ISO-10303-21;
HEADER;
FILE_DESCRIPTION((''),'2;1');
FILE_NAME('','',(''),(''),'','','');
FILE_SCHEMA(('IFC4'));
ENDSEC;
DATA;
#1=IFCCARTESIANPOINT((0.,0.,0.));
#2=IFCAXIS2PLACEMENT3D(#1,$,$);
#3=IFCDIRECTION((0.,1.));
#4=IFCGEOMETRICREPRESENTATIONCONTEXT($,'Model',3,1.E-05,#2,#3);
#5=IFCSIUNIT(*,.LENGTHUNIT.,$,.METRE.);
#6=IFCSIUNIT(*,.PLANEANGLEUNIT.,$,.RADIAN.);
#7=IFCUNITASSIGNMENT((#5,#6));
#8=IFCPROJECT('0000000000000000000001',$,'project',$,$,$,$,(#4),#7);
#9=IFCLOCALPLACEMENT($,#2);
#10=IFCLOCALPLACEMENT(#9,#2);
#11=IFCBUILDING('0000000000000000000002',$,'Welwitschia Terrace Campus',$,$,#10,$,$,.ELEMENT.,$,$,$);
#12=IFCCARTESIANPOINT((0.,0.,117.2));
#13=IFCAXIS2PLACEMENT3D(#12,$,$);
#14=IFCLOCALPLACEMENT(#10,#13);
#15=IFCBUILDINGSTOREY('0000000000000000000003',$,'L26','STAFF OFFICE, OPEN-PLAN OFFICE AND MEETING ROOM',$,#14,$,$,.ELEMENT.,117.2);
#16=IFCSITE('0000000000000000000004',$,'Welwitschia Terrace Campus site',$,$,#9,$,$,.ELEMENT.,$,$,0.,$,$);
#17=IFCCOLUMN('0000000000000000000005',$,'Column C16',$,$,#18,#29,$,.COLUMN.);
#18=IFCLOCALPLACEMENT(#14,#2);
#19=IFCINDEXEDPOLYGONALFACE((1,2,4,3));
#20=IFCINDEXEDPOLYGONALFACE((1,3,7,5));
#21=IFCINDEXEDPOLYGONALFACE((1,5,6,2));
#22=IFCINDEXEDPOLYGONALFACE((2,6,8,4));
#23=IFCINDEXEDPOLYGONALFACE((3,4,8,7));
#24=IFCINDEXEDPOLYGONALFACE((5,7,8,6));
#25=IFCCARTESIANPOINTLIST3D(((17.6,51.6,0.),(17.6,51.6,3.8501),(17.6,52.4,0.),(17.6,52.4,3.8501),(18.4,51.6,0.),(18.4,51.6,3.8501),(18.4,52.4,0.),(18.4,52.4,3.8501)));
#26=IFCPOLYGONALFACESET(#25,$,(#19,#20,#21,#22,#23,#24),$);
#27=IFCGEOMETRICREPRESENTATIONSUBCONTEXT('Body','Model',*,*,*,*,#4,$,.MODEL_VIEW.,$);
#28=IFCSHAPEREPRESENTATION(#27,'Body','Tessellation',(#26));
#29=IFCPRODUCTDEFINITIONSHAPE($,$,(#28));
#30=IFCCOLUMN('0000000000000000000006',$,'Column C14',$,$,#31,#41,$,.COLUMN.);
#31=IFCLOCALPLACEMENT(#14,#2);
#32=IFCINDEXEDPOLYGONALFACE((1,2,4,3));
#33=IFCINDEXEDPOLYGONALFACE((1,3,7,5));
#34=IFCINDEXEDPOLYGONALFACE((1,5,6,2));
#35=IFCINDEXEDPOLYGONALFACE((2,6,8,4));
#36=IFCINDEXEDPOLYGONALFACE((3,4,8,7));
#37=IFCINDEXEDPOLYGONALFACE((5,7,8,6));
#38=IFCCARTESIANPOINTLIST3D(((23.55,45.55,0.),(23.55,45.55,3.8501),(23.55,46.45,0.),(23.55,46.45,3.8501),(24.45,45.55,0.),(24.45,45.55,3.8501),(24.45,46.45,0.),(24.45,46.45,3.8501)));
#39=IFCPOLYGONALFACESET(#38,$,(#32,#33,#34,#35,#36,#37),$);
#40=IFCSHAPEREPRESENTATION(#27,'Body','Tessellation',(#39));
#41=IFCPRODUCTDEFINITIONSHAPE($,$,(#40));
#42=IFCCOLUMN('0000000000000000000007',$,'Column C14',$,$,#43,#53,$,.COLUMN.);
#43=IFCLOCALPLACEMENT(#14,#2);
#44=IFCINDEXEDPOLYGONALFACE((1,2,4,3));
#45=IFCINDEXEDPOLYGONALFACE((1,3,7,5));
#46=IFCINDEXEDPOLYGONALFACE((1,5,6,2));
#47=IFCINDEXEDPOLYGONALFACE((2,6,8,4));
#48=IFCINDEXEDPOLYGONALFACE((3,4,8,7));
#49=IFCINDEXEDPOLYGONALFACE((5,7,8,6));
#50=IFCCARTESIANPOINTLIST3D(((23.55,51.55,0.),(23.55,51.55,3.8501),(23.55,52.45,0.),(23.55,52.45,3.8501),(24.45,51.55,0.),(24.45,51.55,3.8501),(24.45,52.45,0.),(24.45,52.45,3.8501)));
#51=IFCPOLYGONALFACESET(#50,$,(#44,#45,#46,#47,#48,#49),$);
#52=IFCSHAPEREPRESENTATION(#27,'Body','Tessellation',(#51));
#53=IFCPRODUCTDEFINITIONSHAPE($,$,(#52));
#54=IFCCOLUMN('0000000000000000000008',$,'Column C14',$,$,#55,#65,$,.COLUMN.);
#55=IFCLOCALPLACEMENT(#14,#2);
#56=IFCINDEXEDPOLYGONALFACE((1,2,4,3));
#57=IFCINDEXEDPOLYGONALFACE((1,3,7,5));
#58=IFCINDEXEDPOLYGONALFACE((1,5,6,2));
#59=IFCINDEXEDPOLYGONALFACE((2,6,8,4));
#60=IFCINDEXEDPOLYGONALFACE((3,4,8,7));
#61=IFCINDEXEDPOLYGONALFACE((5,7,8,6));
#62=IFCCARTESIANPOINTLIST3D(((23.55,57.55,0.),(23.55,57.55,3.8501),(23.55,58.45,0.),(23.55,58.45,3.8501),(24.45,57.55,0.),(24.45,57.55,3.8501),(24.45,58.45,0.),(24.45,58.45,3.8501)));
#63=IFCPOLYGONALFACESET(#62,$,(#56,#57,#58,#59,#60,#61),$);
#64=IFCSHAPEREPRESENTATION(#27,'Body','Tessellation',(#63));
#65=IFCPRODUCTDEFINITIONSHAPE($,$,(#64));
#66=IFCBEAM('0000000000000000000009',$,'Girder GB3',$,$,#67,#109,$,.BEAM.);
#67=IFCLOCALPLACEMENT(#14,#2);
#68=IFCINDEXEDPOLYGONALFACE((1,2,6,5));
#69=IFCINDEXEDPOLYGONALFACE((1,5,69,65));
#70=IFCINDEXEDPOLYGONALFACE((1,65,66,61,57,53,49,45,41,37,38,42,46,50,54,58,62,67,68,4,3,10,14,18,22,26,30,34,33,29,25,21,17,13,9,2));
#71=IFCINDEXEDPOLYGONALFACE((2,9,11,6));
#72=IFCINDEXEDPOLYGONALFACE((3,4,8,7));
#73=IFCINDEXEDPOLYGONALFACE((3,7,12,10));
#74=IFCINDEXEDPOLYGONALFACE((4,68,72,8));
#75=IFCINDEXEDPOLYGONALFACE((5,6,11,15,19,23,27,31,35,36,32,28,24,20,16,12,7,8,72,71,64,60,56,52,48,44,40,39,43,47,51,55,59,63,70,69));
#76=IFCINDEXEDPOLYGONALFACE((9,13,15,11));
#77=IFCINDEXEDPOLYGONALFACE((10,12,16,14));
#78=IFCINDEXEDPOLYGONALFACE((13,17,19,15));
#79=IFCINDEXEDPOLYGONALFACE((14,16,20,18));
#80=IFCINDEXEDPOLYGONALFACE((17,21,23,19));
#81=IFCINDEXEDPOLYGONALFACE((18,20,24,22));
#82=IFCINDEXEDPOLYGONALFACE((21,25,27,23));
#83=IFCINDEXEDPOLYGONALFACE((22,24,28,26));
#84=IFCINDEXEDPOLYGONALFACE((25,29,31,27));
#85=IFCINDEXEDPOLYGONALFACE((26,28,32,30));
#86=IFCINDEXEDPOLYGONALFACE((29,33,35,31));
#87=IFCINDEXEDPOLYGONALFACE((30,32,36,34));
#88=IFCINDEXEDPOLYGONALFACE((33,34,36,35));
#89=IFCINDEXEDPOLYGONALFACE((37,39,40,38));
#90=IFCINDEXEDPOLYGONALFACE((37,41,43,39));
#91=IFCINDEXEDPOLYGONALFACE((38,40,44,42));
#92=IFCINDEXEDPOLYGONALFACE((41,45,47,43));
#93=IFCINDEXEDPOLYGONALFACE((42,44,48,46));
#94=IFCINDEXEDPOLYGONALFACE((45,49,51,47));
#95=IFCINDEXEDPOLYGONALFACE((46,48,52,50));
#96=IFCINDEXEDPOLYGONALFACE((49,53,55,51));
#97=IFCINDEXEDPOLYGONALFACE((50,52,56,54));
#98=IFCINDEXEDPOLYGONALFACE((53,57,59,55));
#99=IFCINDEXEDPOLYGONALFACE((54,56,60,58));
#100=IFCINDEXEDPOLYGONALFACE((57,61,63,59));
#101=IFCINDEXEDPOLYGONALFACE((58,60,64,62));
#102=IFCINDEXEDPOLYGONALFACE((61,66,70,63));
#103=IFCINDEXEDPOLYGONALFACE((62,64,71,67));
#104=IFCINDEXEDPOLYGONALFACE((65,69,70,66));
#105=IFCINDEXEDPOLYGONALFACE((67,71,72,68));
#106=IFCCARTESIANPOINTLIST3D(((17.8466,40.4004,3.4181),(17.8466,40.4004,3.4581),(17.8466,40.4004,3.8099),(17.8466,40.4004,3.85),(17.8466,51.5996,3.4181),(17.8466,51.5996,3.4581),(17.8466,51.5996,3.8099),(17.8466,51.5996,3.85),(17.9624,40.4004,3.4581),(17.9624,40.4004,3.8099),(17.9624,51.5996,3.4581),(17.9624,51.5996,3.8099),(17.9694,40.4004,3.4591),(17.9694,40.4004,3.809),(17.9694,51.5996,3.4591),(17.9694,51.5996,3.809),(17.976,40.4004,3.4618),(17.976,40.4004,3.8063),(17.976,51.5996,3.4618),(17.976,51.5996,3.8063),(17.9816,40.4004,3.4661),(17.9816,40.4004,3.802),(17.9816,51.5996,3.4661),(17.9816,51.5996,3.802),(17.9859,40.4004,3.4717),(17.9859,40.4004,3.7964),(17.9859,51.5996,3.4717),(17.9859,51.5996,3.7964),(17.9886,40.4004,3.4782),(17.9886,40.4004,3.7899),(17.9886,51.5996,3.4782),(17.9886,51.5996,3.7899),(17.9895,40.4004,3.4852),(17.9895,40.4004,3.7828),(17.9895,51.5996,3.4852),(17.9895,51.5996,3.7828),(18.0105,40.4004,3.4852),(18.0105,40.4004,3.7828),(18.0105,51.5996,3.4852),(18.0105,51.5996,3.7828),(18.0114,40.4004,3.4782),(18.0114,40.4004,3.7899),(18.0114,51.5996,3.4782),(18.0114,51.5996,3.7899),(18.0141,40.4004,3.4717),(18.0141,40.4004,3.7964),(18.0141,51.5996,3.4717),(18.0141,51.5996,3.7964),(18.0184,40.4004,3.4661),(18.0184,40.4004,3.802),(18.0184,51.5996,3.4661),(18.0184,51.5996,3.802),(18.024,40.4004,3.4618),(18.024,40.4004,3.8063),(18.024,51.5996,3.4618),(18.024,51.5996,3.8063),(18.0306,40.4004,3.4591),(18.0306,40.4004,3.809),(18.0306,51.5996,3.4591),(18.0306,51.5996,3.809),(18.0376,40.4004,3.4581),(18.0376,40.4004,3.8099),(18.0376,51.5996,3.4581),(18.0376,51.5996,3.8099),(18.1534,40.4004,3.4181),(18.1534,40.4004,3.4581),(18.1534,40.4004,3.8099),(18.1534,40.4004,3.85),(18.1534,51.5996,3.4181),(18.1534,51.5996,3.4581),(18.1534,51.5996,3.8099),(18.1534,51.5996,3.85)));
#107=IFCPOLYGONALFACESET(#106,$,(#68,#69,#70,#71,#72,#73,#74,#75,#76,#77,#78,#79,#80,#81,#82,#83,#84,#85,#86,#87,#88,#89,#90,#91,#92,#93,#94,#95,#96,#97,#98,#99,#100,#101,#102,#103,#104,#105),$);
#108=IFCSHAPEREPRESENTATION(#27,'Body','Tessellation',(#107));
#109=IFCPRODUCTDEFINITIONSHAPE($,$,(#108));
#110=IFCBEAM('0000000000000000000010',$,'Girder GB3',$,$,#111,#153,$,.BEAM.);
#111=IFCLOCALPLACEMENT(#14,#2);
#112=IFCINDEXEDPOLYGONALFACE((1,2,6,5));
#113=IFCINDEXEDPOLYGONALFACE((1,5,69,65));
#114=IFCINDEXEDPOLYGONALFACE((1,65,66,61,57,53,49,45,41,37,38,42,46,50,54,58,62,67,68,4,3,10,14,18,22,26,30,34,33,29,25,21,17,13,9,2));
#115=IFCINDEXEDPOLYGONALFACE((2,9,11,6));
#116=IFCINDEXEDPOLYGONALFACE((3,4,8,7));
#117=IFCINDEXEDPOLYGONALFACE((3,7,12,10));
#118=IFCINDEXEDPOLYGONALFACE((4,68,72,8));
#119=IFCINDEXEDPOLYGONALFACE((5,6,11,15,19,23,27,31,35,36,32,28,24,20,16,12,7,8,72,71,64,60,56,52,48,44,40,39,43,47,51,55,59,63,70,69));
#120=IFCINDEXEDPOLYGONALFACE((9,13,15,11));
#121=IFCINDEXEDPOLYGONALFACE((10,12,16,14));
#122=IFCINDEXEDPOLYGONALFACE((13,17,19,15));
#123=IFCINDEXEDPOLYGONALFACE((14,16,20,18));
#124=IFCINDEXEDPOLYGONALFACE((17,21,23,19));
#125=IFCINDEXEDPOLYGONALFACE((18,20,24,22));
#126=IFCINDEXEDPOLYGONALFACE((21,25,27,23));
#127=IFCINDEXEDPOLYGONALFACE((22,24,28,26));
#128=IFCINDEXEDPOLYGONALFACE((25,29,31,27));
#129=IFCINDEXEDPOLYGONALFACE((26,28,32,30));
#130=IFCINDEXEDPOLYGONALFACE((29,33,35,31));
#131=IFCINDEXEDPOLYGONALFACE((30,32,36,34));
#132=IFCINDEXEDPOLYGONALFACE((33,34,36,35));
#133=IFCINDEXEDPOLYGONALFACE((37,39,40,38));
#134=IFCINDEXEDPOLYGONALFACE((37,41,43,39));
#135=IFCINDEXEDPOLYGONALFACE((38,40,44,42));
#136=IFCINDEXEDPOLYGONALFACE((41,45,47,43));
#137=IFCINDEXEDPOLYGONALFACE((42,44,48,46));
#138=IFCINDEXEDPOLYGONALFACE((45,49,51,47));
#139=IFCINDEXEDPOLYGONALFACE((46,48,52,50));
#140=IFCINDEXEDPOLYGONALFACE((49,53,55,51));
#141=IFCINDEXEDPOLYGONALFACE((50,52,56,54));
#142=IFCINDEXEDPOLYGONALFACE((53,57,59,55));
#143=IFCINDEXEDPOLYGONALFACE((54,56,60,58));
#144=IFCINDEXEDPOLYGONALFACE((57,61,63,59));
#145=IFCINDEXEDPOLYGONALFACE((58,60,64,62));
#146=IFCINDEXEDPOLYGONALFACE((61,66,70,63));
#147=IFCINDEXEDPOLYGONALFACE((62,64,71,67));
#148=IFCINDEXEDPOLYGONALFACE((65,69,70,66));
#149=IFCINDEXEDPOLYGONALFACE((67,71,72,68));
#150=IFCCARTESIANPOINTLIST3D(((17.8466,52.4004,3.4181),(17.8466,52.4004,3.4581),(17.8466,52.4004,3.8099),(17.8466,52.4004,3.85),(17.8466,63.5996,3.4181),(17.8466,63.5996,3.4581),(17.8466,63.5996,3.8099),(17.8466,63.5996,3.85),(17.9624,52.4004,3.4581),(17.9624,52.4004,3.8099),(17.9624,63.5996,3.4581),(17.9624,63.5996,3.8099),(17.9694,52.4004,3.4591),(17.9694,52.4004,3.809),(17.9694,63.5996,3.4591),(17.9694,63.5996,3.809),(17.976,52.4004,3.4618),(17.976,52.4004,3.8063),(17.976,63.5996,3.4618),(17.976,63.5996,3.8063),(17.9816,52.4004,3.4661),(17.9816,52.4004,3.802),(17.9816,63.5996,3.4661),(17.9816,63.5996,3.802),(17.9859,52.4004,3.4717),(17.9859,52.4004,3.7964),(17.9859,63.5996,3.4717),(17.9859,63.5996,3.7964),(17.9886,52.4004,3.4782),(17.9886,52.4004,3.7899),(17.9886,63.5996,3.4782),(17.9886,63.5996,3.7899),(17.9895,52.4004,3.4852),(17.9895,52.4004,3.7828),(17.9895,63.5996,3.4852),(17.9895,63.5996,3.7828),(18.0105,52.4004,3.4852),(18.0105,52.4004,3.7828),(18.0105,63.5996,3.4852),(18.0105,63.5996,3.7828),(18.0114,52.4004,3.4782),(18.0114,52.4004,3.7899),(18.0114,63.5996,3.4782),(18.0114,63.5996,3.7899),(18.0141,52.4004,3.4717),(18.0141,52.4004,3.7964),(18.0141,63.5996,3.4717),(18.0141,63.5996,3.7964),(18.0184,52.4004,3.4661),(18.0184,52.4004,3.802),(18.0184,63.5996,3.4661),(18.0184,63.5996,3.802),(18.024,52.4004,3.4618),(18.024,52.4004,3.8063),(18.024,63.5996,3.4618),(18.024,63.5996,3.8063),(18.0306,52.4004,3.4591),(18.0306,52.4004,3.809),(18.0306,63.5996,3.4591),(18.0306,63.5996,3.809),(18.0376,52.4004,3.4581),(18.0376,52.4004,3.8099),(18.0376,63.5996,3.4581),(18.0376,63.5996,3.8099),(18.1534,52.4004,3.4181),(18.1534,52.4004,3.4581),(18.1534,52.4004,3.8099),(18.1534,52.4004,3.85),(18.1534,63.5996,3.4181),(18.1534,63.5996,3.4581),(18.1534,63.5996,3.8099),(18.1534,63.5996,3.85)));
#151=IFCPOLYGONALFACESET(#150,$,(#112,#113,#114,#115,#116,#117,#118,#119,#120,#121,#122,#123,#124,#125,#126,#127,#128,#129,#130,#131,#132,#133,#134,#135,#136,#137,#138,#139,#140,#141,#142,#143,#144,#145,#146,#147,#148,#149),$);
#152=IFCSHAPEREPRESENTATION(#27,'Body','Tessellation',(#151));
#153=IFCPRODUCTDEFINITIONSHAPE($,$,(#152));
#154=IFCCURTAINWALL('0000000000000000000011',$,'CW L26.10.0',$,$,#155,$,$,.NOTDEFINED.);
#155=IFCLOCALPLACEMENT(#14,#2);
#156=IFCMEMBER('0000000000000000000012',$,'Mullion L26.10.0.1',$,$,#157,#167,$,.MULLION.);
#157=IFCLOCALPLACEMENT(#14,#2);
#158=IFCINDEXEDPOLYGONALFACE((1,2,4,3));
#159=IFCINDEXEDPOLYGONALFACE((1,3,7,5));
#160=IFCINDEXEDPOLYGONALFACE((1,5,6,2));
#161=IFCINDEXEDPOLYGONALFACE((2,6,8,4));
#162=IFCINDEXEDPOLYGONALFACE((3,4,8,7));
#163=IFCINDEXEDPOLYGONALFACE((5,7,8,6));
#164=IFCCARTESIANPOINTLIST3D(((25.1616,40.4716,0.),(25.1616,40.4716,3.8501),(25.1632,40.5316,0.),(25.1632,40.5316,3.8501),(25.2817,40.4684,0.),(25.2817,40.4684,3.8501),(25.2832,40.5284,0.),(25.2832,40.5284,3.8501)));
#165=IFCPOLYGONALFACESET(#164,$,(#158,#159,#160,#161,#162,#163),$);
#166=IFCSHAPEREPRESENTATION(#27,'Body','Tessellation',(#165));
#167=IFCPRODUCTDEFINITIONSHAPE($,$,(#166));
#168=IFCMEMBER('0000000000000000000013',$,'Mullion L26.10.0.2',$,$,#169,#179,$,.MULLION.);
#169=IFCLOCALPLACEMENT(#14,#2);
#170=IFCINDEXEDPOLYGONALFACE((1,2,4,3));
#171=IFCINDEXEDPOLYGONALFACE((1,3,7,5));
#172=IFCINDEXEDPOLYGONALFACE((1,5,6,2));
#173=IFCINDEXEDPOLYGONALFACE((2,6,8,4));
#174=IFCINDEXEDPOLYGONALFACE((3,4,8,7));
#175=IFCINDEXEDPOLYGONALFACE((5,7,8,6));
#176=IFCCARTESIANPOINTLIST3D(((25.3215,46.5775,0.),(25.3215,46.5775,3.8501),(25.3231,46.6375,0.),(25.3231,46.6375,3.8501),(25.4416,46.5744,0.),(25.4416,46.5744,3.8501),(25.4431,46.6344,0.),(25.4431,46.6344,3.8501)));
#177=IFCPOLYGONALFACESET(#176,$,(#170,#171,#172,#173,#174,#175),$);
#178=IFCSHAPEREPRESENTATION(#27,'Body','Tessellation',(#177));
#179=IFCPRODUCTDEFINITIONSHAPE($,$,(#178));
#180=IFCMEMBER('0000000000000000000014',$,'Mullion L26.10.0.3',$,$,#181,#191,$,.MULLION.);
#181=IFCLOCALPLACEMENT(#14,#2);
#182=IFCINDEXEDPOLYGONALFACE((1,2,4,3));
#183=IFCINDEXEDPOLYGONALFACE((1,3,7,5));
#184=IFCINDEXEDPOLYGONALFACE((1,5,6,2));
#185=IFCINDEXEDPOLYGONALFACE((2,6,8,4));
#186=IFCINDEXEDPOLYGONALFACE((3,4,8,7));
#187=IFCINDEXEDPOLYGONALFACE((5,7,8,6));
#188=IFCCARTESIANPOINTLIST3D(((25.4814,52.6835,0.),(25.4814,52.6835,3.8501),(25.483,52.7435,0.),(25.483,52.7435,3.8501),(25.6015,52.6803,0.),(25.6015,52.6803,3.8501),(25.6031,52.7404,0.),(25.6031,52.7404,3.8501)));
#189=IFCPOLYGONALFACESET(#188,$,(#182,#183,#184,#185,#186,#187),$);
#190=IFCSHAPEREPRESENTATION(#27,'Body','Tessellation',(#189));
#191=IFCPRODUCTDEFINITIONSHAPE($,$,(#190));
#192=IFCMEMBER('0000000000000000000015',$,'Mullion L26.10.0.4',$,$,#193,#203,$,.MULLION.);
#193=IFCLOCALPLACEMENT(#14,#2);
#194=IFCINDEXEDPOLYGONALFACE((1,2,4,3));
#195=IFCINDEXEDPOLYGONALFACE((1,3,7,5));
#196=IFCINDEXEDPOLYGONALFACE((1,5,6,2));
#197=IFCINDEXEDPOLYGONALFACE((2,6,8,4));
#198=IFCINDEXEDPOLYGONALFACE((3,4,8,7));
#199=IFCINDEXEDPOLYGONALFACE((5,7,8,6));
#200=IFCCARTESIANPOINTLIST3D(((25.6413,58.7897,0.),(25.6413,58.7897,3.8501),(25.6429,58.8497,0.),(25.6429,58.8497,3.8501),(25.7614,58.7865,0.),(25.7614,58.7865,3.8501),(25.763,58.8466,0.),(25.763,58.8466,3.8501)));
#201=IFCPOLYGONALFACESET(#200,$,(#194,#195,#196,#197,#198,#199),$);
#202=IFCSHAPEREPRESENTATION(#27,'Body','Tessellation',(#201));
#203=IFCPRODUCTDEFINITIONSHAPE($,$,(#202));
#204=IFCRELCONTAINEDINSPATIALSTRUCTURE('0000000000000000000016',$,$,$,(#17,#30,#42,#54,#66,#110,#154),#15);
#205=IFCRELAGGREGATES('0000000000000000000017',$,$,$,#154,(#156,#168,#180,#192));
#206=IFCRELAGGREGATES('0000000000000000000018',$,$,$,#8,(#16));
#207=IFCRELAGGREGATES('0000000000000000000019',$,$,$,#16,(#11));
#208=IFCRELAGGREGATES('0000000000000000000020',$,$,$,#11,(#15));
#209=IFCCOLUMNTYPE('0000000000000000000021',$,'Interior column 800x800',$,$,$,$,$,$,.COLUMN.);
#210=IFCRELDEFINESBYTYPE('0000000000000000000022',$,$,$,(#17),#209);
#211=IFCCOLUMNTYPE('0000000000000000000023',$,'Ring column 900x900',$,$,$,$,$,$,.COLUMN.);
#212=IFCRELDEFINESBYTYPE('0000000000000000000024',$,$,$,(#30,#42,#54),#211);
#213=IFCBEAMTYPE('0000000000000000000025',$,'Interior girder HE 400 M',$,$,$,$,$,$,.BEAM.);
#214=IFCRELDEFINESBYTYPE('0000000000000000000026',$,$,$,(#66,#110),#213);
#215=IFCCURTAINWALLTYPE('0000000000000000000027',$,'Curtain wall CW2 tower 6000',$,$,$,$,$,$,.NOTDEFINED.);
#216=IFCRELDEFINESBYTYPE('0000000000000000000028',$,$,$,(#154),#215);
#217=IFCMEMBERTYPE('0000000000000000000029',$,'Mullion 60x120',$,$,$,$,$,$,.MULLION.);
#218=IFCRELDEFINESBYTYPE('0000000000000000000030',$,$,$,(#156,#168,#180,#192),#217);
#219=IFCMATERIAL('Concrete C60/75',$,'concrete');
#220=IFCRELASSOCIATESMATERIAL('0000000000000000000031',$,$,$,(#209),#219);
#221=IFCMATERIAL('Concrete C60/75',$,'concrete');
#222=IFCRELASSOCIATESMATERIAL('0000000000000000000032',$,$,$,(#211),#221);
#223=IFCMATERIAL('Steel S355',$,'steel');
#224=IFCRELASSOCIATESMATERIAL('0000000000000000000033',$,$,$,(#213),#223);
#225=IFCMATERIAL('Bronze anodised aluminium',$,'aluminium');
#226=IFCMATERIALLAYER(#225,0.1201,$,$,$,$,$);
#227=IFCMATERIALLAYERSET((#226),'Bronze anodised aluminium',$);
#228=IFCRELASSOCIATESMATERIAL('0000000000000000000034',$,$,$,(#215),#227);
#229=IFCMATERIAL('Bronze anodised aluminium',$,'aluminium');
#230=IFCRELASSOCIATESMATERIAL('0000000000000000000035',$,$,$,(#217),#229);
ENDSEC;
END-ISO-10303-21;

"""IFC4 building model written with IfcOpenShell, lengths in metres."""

from ifc_helpers import new_model, si_unit, direction, frame, origin, origin_2d, place, context, subcontext, project, spatial, rectangle, i_section, extrude, material, layer, layer_set, material_profile, profile_set, type_object, element, aggregate, save


model = new_model("IFC4")

# Units and contexts
model_context = context("Model", 3, precision=1e-05, world=origin(), true_north=direction((0.0, 1.0)))
body_context = subcontext(model_context, "Body", "Model", "MODEL_VIEW")
ifc_project = project(units=[si_unit("LENGTHUNIT", "METRE"), si_unit("PLANEANGLEUNIT", "RADIAN")], contexts=[model_context])

# Site, building, storey
site_placement = place(None, origin())
site = spatial("IfcSite", under=ifc_project, at=site_placement, Name="Welwitschia Terrace Campus site", CompositionType="ELEMENT", RefElevation=0.0)
building_placement = place(site_placement, origin())
building = spatial("IfcBuilding", under=site, at=building_placement, Name="Welwitschia Terrace Campus", CompositionType="ELEMENT")
storey_placement = place(building_placement, frame((0.0, 0.0, 117.2)))
storey = spatial("IfcBuildingStorey", under=building, at=storey_placement, Name="L26", Description="STAFF OFFICE, OPEN-PLAN OFFICE AND MEETING ROOM", CompositionType="ELEMENT", Elevation=117.2)

# Columns
ifc_material_1 = material(Name="Concrete C60/75", Category="concrete")
ifc_material_profile_1 = material_profile(ifc_material_1, rectangle(XDim=0.8, YDim=0.8, at=origin_2d()))
ifc_profile_set_1 = profile_set([ifc_material_profile_1], Name="Concrete C60/75")
column_type_1 = type_object("IfcColumnType", Name="Interior column 800x800", PredefinedType="COLUMN", material=ifc_profile_set_1)
column_placement = place(storey_placement, frame((18.0, 52.0, 0.0), z_axis=(0.0, 0.0, 1.0), x_axis=(1.0, 0.0, 0.0)))
element("IfcColumn", 1, at=column_placement, inside=storey, type_object=column_type_1, Name="Column C16", PredefinedType="COLUMN", context=body_context, shape_type="SweptSolid", body=[
    extrude(rectangle(XDim=0.8, YDim=0.8, at=origin_2d()), origin(), (0.0, 0.0, 1.0), 3.8501),
])
ifc_material_2 = material(Name="Concrete C60/75", Category="concrete")
ifc_material_profile_2 = material_profile(ifc_material_2, rectangle(XDim=0.8999, YDim=0.8999, at=origin_2d()))
ifc_profile_set_2 = profile_set([ifc_material_profile_2], Name="Concrete C60/75")
column_type_2 = type_object("IfcColumnType", Name="Ring column 900x900", PredefinedType="COLUMN", material=ifc_profile_set_2)
for number, where, z_axis, x_axis, name in (
    (2, (24.0, 46.0, 0.0), (0.0, 0.0, 1.0), (1.0, 0.0, 0.0), "Column C14"),
    (3, (24.0, 52.0, 0.0), (0.0, 0.0, 1.0), (1.0, 0.0, 0.0), "Column C14"),
    (4, (24.0, 58.0, 0.0), (0.0, 0.0, 1.0), (1.0, 0.0, 0.0), "Column C14"),
):
    element("IfcColumn", number, at=place(storey_placement, frame(where, z_axis=z_axis, x_axis=x_axis)), inside=storey, type_object=column_type_2, Name=name, PredefinedType="COLUMN", context=body_context, shape_type="SweptSolid", body=[
        extrude(rectangle(XDim=0.8999, YDim=0.8999, at=origin_2d()), origin(), (0.0, 0.0, 1.0), 3.8501),
    ])

# Beams
ifc_material_3 = material(Name="Steel S355", Category="steel")
ifc_material_profile_3 = material_profile(ifc_material_3, i_section(OverallWidth=0.3069, OverallDepth=0.4319, WebThickness=0.021, FlangeThickness=0.04, FilletRadius=0.0271, at=origin_2d()))
ifc_profile_set_3 = profile_set([ifc_material_profile_3], Name="Steel S355")
beam_type_1 = type_object("IfcBeamType", Name="Interior girder HE 400 M", PredefinedType="BEAM", material=ifc_profile_set_3)
for number, where, z_axis, x_axis, name in (
    (5, (18.0, 40.4004, 3.634), (0.0, 1.0, 0.0), (-1.0, 0.0, 0.0), "Girder GB3"),
    (6, (18.0, 52.4004, 3.634), (0.0, 1.0, 0.0), (-1.0, 0.0, 0.0), "Girder GB3"),
):
    element("IfcBeam", number, at=place(storey_placement, frame(where, z_axis=z_axis, x_axis=x_axis)), inside=storey, type_object=beam_type_1, Name=name, PredefinedType="BEAM", context=body_context, shape_type="SweptSolid", body=[
        extrude(i_section(OverallWidth=0.3069, OverallDepth=0.4319, WebThickness=0.021, FlangeThickness=0.04, FilletRadius=0.0271, at=origin_2d()), origin(), (0.0, 0.0, 1.0), 11.1992),
    ])

# Curtain wall, members
ifc_material_4 = material(Name="Bronze anodised aluminium", Category="aluminium")
ifc_layer_1 = layer(ifc_material_4, 0.1201)
ifc_layer_set_1 = layer_set([ifc_layer_1], Name="Bronze anodised aluminium")
curtain_wall_type = type_object("IfcCurtainWallType", Name="Curtain wall CW2 tower 6000", PredefinedType="NOTDEFINED", material=ifc_layer_set_1)
curtain_wall_placement = place(storey_placement, origin())
curtain_wall = element("IfcCurtainWall", 7, at=curtain_wall_placement, inside=storey, type_object=curtain_wall_type, Name="CW L26.10.0", PredefinedType="NOTDEFINED")
ifc_material_5 = material(Name="Bronze anodised aluminium", Category="aluminium")
ifc_material_profile_4 = material_profile(ifc_material_5, rectangle(XDim=0.1201, YDim=0.0601, at=origin_2d()))
ifc_profile_set_4 = profile_set([ifc_material_profile_4], Name="Bronze anodised aluminium")
member_type = type_object("IfcMemberType", Name="Mullion 60x120", PredefinedType="MULLION", material=ifc_profile_set_4)
member_1_placement = place(storey_placement, frame((25.2224, 40.5, 0.0), z_axis=(0.0, 0.0, 1.0), x_axis=(-0.999657, 0.026177, 0.0)))
member_1 = element("IfcMember", 8, at=member_1_placement, type_object=member_type, Name="Mullion L26.10.0.1", PredefinedType="MULLION", context=body_context, shape_type="SweptSolid", body=[
    extrude(rectangle(XDim=0.1201, YDim=0.0601, at=origin_2d()), origin(), (0.0, 0.0, 1.0), 3.8501),
])
member_2_placement = place(storey_placement, frame((25.3823, 46.606, 0.0), z_axis=(0.0, 0.0, 1.0), x_axis=(-0.999657, 0.026177, 0.0)))
member_2 = element("IfcMember", 9, at=member_2_placement, type_object=member_type, Name="Mullion L26.10.0.2", PredefinedType="MULLION", context=body_context, shape_type="SweptSolid", body=[
    extrude(rectangle(XDim=0.1201, YDim=0.0601, at=origin_2d()), origin(), (0.0, 0.0, 1.0), 3.8501),
])
member_3_placement = place(storey_placement, frame((25.5422, 52.7119, 0.0), z_axis=(0.0, 0.0, 1.0), x_axis=(-0.999657, 0.026177, 0.0)))
member_3 = element("IfcMember", 10, at=member_3_placement, type_object=member_type, Name="Mullion L26.10.0.3", PredefinedType="MULLION", context=body_context, shape_type="SweptSolid", body=[
    extrude(rectangle(XDim=0.1201, YDim=0.0601, at=origin_2d()), origin(), (0.0, 0.0, 1.0), 3.8501),
])
member_4_placement = place(storey_placement, frame((25.7021, 58.8181, 0.0), z_axis=(0.0, 0.0, 1.0), x_axis=(-0.999657, 0.026177, 0.0)))
member_4 = element("IfcMember", 11, at=member_4_placement, type_object=member_type, Name="Mullion L26.10.0.4", PredefinedType="MULLION", context=body_context, shape_type="SweptSolid", body=[
    extrude(rectangle(XDim=0.1201, YDim=0.0601, at=origin_2d()), origin(), (0.0, 0.0, 1.0), 3.8501),
])

aggregate(curtain_wall, [member_1, member_2, member_3, member_4])

save(model, "model.ifc")
